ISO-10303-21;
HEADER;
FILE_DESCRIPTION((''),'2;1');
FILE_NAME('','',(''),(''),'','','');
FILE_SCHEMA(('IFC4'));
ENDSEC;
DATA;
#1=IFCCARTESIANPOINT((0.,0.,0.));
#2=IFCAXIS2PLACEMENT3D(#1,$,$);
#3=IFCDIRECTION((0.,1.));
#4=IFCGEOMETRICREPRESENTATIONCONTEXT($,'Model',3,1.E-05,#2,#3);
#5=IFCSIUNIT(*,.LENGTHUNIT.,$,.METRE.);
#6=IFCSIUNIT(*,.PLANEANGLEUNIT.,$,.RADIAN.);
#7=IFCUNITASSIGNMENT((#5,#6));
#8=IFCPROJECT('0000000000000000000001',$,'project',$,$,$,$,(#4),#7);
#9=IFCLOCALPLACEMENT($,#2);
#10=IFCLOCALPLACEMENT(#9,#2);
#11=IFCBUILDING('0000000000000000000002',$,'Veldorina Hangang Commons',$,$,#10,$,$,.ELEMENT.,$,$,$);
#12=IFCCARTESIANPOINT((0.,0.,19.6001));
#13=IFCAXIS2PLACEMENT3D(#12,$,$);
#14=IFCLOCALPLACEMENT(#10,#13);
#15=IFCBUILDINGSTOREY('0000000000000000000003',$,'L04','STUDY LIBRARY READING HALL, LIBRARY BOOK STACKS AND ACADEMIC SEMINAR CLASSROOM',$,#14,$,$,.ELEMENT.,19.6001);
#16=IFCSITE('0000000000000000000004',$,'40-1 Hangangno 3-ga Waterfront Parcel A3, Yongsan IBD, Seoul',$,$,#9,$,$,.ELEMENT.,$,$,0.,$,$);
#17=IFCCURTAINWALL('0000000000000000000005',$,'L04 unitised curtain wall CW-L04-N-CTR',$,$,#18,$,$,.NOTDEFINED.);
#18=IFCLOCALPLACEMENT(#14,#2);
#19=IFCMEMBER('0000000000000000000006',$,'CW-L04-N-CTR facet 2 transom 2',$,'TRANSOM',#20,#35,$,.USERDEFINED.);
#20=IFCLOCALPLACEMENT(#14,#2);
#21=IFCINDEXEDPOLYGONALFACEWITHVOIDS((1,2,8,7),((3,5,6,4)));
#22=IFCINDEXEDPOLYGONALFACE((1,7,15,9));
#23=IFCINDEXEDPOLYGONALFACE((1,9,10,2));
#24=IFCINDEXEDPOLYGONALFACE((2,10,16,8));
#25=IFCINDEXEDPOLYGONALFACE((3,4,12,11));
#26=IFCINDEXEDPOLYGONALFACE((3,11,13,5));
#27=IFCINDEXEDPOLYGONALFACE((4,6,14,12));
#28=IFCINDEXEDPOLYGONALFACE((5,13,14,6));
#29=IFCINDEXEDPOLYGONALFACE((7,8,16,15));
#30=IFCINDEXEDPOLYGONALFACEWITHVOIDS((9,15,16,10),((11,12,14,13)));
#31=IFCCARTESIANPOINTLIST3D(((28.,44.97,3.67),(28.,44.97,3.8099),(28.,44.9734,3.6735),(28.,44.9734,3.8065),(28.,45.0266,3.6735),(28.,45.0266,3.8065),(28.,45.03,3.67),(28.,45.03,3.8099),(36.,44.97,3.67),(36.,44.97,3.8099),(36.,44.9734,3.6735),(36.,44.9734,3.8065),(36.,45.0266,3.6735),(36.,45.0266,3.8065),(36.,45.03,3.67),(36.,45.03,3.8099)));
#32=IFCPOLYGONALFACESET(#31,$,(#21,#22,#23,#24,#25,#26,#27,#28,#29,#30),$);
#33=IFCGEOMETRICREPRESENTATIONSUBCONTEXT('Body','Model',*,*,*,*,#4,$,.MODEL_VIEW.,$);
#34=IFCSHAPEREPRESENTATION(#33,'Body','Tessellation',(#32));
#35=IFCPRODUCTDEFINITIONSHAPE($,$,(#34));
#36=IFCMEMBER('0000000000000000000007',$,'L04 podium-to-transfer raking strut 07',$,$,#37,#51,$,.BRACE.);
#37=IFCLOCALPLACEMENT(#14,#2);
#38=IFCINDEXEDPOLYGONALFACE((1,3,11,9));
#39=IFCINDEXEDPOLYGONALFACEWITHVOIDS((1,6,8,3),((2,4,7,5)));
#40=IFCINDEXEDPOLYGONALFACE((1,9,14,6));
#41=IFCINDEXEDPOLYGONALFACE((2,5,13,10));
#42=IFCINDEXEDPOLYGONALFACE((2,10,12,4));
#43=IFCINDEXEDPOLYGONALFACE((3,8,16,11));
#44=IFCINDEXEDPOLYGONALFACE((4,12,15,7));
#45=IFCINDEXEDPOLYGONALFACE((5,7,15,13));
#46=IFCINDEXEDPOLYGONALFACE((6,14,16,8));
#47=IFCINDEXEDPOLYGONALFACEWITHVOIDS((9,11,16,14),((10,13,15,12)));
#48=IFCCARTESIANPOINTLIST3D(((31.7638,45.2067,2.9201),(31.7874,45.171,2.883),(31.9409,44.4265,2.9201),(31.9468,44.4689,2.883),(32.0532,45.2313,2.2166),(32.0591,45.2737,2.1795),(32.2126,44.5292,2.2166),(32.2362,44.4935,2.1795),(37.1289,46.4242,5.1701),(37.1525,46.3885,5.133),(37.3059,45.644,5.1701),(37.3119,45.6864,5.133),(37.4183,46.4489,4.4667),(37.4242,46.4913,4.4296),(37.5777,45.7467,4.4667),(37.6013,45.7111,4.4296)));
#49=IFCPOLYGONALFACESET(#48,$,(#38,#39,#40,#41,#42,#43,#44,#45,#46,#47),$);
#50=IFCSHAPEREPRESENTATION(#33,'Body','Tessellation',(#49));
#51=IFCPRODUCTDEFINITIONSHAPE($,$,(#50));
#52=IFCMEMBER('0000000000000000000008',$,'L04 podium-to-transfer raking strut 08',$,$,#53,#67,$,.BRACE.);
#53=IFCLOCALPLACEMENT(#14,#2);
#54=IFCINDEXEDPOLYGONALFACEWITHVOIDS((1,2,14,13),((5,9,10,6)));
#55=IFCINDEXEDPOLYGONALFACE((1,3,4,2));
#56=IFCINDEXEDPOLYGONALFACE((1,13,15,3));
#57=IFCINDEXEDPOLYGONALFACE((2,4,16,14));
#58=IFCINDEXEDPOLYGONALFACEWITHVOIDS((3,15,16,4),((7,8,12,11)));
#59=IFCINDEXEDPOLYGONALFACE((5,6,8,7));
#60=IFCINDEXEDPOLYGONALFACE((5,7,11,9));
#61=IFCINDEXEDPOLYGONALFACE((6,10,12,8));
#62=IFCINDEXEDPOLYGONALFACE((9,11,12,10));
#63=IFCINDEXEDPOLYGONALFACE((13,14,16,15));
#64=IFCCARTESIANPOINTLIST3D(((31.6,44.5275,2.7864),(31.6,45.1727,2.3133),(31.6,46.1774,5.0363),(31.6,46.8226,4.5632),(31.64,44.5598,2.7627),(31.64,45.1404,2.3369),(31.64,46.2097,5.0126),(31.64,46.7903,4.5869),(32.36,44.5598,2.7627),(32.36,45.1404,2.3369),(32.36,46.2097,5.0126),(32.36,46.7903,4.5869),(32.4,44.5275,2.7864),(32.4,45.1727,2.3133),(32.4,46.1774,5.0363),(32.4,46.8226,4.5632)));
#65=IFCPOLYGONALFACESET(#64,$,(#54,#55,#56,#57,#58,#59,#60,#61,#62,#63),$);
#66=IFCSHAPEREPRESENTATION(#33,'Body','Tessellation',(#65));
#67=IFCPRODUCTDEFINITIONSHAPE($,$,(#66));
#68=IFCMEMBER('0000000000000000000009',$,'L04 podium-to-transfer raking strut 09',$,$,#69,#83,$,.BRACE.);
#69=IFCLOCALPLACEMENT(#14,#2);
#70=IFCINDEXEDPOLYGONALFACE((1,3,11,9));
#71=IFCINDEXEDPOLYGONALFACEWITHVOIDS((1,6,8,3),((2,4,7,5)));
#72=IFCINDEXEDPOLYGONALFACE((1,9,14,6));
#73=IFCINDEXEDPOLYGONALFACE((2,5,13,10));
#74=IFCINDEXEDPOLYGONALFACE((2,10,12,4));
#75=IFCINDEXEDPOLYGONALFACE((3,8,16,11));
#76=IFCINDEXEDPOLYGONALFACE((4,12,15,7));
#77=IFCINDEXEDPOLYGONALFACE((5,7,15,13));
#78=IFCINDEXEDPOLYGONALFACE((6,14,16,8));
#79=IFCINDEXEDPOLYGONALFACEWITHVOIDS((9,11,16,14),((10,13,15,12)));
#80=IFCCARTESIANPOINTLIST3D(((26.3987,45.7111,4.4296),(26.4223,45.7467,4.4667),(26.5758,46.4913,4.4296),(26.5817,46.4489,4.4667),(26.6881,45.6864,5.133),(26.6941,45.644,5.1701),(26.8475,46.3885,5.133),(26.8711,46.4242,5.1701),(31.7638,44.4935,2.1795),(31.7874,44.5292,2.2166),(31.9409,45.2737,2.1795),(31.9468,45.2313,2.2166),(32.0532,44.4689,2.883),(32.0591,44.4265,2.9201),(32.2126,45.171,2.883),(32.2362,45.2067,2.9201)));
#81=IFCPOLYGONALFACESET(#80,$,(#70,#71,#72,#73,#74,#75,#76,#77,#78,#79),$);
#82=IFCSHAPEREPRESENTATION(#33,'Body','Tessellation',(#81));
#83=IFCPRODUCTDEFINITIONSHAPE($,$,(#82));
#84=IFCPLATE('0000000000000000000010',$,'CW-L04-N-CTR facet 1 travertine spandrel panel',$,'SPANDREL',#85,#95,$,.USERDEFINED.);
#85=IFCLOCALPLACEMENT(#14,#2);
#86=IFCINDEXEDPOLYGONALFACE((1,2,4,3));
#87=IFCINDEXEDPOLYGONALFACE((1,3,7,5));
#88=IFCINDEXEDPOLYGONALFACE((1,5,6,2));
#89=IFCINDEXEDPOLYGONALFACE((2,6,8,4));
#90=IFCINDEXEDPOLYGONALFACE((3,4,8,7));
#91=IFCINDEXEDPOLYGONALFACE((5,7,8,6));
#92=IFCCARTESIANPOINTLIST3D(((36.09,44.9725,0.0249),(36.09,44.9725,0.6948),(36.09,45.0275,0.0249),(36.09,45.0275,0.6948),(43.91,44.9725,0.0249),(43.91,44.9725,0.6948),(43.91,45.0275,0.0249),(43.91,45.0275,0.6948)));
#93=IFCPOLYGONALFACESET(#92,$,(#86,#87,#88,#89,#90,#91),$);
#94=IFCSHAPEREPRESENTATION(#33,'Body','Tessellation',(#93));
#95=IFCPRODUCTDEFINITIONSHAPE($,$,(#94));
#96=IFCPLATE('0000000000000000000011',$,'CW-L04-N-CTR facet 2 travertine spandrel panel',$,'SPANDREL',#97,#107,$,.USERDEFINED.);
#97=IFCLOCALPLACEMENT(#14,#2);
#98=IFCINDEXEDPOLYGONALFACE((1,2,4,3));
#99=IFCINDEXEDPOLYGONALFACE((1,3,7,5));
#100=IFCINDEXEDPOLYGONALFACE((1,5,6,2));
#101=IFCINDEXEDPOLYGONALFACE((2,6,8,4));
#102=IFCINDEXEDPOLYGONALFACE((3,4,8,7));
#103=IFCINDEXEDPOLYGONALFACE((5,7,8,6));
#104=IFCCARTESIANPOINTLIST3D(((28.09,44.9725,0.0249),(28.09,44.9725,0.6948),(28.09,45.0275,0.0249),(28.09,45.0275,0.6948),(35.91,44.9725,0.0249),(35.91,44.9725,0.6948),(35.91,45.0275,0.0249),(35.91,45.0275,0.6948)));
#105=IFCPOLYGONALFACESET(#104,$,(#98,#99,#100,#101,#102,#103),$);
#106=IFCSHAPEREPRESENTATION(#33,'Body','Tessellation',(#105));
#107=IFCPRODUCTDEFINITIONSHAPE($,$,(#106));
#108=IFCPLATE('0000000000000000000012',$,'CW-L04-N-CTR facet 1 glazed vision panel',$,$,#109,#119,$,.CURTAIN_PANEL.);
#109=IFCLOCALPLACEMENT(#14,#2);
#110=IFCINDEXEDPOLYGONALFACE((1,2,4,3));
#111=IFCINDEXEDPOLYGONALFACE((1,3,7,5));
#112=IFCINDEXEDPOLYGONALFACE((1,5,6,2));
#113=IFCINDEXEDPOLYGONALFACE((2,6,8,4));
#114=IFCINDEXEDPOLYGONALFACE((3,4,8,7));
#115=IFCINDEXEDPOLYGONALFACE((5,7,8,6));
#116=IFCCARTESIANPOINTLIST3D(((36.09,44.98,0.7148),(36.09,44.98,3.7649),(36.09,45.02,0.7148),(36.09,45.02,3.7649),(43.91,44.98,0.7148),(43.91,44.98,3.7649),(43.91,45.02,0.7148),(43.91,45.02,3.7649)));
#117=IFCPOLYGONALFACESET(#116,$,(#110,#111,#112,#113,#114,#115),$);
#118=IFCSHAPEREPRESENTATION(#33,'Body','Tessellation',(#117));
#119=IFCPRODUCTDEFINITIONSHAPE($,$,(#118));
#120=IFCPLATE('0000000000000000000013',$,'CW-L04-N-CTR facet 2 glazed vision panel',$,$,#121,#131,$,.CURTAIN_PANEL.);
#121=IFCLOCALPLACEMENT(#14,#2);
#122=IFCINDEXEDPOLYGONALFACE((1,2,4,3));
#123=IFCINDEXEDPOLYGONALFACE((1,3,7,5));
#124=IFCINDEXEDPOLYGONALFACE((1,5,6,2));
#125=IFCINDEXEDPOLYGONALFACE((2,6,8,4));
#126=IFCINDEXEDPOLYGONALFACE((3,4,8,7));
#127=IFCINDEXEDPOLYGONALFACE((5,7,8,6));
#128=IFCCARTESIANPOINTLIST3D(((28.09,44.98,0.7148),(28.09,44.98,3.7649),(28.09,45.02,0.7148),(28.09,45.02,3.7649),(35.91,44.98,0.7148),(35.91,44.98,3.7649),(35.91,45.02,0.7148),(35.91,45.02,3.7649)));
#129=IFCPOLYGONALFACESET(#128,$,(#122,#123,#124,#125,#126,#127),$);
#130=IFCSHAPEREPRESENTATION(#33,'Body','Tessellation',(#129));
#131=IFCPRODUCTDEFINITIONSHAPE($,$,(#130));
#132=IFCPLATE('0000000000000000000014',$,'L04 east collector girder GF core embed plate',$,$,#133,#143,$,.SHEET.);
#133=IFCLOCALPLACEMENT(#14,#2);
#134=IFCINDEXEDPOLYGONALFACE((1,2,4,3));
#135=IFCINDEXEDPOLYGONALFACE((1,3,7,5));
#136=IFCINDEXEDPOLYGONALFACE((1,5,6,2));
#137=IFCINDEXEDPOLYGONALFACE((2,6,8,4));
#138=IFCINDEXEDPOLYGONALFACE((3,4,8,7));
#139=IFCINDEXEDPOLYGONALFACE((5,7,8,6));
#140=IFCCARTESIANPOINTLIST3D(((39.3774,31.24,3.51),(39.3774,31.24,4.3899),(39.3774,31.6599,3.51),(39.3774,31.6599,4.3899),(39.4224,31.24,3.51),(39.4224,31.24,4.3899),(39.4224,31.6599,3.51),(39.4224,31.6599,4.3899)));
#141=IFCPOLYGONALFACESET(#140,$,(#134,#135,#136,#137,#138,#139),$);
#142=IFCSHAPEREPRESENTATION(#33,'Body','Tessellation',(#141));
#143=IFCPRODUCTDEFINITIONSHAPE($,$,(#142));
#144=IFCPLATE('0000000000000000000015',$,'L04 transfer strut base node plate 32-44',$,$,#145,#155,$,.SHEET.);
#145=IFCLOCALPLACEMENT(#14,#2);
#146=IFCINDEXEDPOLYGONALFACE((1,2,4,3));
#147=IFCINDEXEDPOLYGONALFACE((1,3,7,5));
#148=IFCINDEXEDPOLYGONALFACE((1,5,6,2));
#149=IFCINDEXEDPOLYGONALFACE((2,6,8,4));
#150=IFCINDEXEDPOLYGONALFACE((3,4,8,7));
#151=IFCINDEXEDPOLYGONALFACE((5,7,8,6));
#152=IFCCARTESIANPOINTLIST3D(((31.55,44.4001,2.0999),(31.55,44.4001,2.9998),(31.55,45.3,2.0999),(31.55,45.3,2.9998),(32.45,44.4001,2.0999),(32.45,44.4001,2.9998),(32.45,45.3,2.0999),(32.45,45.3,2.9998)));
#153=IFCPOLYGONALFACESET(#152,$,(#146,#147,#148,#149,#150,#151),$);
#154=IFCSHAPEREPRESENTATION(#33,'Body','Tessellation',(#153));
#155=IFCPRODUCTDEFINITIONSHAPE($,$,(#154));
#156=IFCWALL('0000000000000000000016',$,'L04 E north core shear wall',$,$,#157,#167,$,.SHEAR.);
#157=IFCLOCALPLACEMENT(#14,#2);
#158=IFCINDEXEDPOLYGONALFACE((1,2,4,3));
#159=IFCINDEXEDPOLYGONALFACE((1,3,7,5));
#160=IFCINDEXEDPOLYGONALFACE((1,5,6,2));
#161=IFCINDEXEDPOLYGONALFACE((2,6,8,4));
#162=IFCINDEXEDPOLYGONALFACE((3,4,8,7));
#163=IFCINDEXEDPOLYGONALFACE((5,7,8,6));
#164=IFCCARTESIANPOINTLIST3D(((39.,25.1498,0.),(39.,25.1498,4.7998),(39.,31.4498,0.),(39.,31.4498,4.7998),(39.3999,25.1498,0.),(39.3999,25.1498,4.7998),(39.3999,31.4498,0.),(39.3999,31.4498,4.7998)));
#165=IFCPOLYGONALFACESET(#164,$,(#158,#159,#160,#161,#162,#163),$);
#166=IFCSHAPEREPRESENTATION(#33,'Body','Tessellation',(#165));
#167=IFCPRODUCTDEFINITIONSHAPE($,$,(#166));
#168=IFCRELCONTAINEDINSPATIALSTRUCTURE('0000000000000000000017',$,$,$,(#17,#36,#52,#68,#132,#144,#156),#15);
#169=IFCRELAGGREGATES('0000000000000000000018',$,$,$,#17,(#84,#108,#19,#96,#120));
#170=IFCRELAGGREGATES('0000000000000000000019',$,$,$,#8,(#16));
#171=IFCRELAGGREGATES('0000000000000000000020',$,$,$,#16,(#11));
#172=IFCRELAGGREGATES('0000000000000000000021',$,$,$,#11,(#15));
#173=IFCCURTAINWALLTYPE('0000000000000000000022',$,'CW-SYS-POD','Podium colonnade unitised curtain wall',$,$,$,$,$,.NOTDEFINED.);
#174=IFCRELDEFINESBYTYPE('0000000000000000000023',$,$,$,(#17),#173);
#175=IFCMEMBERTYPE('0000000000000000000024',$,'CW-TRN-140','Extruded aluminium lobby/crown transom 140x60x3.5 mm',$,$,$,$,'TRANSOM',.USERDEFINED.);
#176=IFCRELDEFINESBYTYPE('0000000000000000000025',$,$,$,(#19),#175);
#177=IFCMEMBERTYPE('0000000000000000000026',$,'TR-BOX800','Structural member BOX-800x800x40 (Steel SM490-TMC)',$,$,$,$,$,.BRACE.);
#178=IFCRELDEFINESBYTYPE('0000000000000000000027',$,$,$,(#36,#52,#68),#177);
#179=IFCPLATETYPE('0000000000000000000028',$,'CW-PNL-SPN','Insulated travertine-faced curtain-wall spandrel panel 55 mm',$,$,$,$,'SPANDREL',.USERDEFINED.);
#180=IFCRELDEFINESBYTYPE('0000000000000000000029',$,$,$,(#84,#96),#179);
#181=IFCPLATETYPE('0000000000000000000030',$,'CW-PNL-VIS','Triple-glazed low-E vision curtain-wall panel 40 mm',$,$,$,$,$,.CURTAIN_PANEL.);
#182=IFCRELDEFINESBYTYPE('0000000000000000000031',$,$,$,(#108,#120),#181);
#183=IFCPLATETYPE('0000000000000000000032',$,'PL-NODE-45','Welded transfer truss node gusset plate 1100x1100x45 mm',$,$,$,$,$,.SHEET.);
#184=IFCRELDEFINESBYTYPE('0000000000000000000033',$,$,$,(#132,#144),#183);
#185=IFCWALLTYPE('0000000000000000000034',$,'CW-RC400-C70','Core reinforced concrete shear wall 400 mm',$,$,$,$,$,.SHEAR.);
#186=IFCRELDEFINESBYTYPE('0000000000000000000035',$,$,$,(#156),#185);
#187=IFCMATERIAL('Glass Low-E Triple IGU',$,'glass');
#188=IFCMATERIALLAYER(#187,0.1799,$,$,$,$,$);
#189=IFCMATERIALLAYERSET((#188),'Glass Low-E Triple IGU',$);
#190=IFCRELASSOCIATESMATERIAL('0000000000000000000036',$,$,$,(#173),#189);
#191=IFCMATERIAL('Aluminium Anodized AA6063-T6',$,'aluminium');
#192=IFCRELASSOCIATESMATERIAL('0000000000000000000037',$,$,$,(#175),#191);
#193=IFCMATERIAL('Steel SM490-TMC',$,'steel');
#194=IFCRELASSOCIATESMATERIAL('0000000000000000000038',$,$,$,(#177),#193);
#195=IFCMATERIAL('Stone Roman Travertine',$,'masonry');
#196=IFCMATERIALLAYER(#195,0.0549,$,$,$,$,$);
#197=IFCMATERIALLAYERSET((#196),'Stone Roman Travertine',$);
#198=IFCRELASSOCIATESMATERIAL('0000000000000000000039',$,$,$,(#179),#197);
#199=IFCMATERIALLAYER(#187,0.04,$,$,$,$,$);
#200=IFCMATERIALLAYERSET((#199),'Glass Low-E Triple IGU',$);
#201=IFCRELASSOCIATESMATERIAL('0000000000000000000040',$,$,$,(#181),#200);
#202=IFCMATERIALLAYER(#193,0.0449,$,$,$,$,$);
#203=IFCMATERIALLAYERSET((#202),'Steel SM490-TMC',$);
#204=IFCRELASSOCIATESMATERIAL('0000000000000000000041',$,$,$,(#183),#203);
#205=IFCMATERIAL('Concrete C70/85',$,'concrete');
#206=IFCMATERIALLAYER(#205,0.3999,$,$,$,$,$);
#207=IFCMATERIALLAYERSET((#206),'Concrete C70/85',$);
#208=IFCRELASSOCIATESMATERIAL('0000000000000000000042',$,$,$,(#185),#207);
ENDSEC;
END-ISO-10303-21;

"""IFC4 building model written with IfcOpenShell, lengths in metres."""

from ifc_helpers import new_model, si_unit, direction, frame, frame_2d, origin, origin_2d, place, context, subcontext, project, spatial, rectangle, hollow_rectangle, extrude, material, layer, layer_set, material_profile, profile_set, type_object, element, aggregate, save


model = new_model("IFC4")

# Units and contexts
model_context = context("Model", 3, precision=1e-05, world=origin(), true_north=direction((0.0, 1.0)))
body_context = subcontext(model_context, "Body", "Model", "MODEL_VIEW")
ifc_project = project(units=[si_unit("LENGTHUNIT", "METRE"), si_unit("PLANEANGLEUNIT", "RADIAN")], contexts=[model_context])

# Site, building, storey
site_placement = place(None, origin())
site = spatial("IfcSite", under=ifc_project, at=site_placement, Name="40-1 Hangangno 3-ga Waterfront Parcel A3, Yongsan IBD, Seoul", CompositionType="ELEMENT", RefElevation=0.0)
building_placement = place(site_placement, origin())
building = spatial("IfcBuilding", under=site, at=building_placement, Name="Veldorina Hangang Commons", CompositionType="ELEMENT")
storey_placement = place(building_placement, frame((0.0, 0.0, 19.6001)))
storey = spatial("IfcBuildingStorey", under=building, at=storey_placement, Name="L04", Description="STUDY LIBRARY READING HALL, LIBRARY BOOK STACKS AND ACADEMIC SEMINAR CLASSROOM", CompositionType="ELEMENT", Elevation=19.6001)

# Shared definitions
ifc_material_1 = material(Name="Concrete C70/85", Category="concrete")

# Curtain wall, member
ifc_material_2 = material(Name="Glass Low-E Triple IGU", Category="glass")
ifc_layer_1 = layer(ifc_material_2, 0.1799)
ifc_layer_set_1 = layer_set([ifc_layer_1], Name="Glass Low-E Triple IGU")
curtain_wall_type = type_object("IfcCurtainWallType", Name="CW-SYS-POD", Description="Podium colonnade unitised curtain wall", PredefinedType="NOTDEFINED", material=ifc_layer_set_1)
curtain_wall_placement = place(storey_placement, origin())
curtain_wall = element("IfcCurtainWall", 1, at=curtain_wall_placement, inside=storey, type_object=curtain_wall_type, Name="L04 unitised curtain wall CW-L04-N-CTR", PredefinedType="NOTDEFINED")
ifc_material_3 = material(Name="Aluminium Anodized AA6063-T6", Category="aluminium")
ifc_material_profile_1 = material_profile(ifc_material_3, hollow_rectangle(XDim=0.0601, YDim=0.1399, WallThickness=0.0034, at=origin_2d()), Name="ALU-RHS-140x60x3.5")
ifc_profile_set_1 = profile_set([ifc_material_profile_1], Name="Aluminium Anodized AA6063-T6")
member_type_1 = type_object("IfcMemberType", Name="CW-TRN-140", Description="Extruded aluminium lobby/crown transom 140x60x3.5 mm", ElementType="TRANSOM", PredefinedType="USERDEFINED", material=ifc_profile_set_1)
member_1_placement = place(storey_placement, frame((36.0, 45.0, 3.74), z_axis=(-1.0, 0.0, 0.0), x_axis=(0.0, -1.0, 0.0)))
member_1 = element("IfcMember", 2, at=member_1_placement, type_object=member_type_1, Name="CW-L04-N-CTR facet 2 transom 2", ObjectType="TRANSOM", PredefinedType="USERDEFINED", context=body_context, shape_type="SweptSolid", body=[
    extrude(hollow_rectangle(XDim=0.0601, YDim=0.1399, WallThickness=0.0034, at=origin_2d()), origin(), (0.0, 0.0, 1.0), 8.0),
])

# Members
ifc_material_4 = material(Name="Steel SM490-TMC", Category="steel")
ifc_material_profile_2 = material_profile(ifc_material_4, hollow_rectangle(XDim=0.8, YDim=0.8, WallThickness=0.04, at=origin_2d()), Name="BOX-800x800x40")
ifc_profile_set_2 = profile_set([ifc_material_profile_2], Name="Steel SM490-TMC")
member_type_2 = type_object("IfcMemberType", Name="TR-BOX800", Description="Structural member BOX-800x800x40 (Steel SM490-TMC)", PredefinedType="BRACE", material=ifc_profile_set_2)
member_2_placement = place(storey_placement, frame((32.0, 44.8501, 2.5498), z_axis=(0.902629, 0.204842, 0.37855), x_axis=(-0.221312, 0.975203, 0.0)))
element("IfcMember", 3, at=member_2_placement, inside=storey, type_object=member_type_2, Name="L04 podium-to-transfer raking strut 07", PredefinedType="BRACE", context=body_context, shape_type="SweptSolid", body=[
    extrude(hollow_rectangle(XDim=0.8, YDim=0.8, WallThickness=0.04, at=origin_2d()), origin(), (0.0, 0.0, 1.0), 5.9438),
])
member_3_placement = place(storey_placement, frame((32.0, 44.8501, 2.5498), z_axis=(0.0, 0.591341, 0.806422), x_axis=(-1.0, 0.0, 0.0)))
element("IfcMember", 4, at=member_3_placement, inside=storey, type_object=member_type_2, Name="L04 podium-to-transfer raking strut 08", PredefinedType="BRACE", context=body_context, shape_type="SweptSolid", body=[
    extrude(hollow_rectangle(XDim=0.8, YDim=0.8, WallThickness=0.04, at=origin_2d()), origin(), (0.0, 0.0, 1.0), 2.79),
])
member_4_placement = place(storey_placement, frame((32.0, 44.8501, 2.5498), z_axis=(-0.902629, 0.204842, 0.37855), x_axis=(-0.221312, -0.975203, 0.0)))
element("IfcMember", 5, at=member_4_placement, inside=storey, type_object=member_type_2, Name="L04 podium-to-transfer raking strut 09", PredefinedType="BRACE", context=body_context, shape_type="SweptSolid", body=[
    extrude(hollow_rectangle(XDim=0.8, YDim=0.8, WallThickness=0.04, at=origin_2d()), origin(), (0.0, 0.0, 1.0), 5.9438),
])

# Plates
ifc_material_5 = material(Name="Stone Roman Travertine", Category="masonry")
ifc_layer_2 = layer(ifc_material_5, 0.0549)
ifc_layer_set_2 = layer_set([ifc_layer_2], Name="Stone Roman Travertine")
plate_type_1 = type_object("IfcPlateType", Name="CW-PNL-SPN", Description="Insulated travertine-faced curtain-wall spandrel panel 55 mm", ElementType="SPANDREL", PredefinedType="USERDEFINED", material=ifc_layer_set_2)
plate_1_placement = place(storey_placement, frame((40.0, 45.0, 0.0249), z_axis=(0.0, 0.0, 1.0), x_axis=(-1.0, 0.0, 0.0)))
plate_1 = element("IfcPlate", 6, at=plate_1_placement, type_object=plate_type_1, Name="CW-L04-N-CTR facet 1 travertine spandrel panel", ObjectType="SPANDREL", PredefinedType="USERDEFINED", context=body_context, shape_type="SweptSolid", body=[
    extrude(rectangle(XDim=7.8201, YDim=0.0549, at=origin_2d()), origin(), (0.0, 0.0, 1.0), 0.6699),
])
plate_2_placement = place(storey_placement, frame((32.0, 45.0, 0.0249), z_axis=(0.0, 0.0, 1.0), x_axis=(-1.0, 0.0, 0.0)))
plate_2 = element("IfcPlate", 7, at=plate_2_placement, type_object=plate_type_1, Name="CW-L04-N-CTR facet 2 travertine spandrel panel", ObjectType="SPANDREL", PredefinedType="USERDEFINED", context=body_context, shape_type="SweptSolid", body=[
    extrude(rectangle(XDim=7.8201, YDim=0.0549, at=origin_2d()), origin(), (0.0, 0.0, 1.0), 0.6699),
])
ifc_layer_3 = layer(ifc_material_2, 0.04)
ifc_layer_set_3 = layer_set([ifc_layer_3], Name="Glass Low-E Triple IGU")
plate_type_2 = type_object("IfcPlateType", Name="CW-PNL-VIS", Description="Triple-glazed low-E vision curtain-wall panel 40 mm", PredefinedType="CURTAIN_PANEL", material=ifc_layer_set_3)
plate_3_placement = place(storey_placement, frame((40.0, 45.0, 0.7148), z_axis=(0.0, 0.0, 1.0), x_axis=(-1.0, 0.0, 0.0)))
plate_3 = element("IfcPlate", 8, at=plate_3_placement, type_object=plate_type_2, Name="CW-L04-N-CTR facet 1 glazed vision panel", PredefinedType="CURTAIN_PANEL", context=body_context, shape_type="SweptSolid", body=[
    extrude(rectangle(XDim=7.8201, YDim=0.04, at=origin_2d()), origin(), (0.0, 0.0, 1.0), 3.05),
])
plate_4_placement = place(storey_placement, frame((32.0, 45.0, 0.7148), z_axis=(0.0, 0.0, 1.0), x_axis=(-1.0, 0.0, 0.0)))
plate_4 = element("IfcPlate", 9, at=plate_4_placement, type_object=plate_type_2, Name="CW-L04-N-CTR facet 2 glazed vision panel", PredefinedType="CURTAIN_PANEL", context=body_context, shape_type="SweptSolid", body=[
    extrude(rectangle(XDim=7.8201, YDim=0.04, at=origin_2d()), origin(), (0.0, 0.0, 1.0), 3.05),
])
aggregate(curtain_wall, [plate_1, plate_3, member_1, plate_2, plate_4])

# Plates
ifc_layer_4 = layer(ifc_material_4, 0.0449)
ifc_layer_set_4 = layer_set([ifc_layer_4], Name="Steel SM490-TMC")
plate_type_3 = type_object("IfcPlateType", Name="PL-NODE-45", Description="Welded transfer truss node gusset plate 1100x1100x45 mm", PredefinedType="SHEET", material=ifc_layer_set_4)
plate_5_placement = place(storey_placement, frame((39.3999, 31.45, 3.51), z_axis=(0.0, 0.0, 1.0), x_axis=(1.0, 0.0, 0.0)))
element("IfcPlate", 10, at=plate_5_placement, inside=storey, type_object=plate_type_3, Name="L04 east collector girder GF core embed plate", PredefinedType="SHEET", context=body_context, shape_type="SweptSolid", body=[
    extrude(rectangle(XDim=0.0449, YDim=0.4199, at=origin_2d()), origin(), (0.0, 0.0, 1.0), 0.8799),
])
plate_6_placement = place(storey_placement, frame((32.0, 44.8501, 2.0999), z_axis=(0.0, 0.0, 1.0), x_axis=(1.0, 0.0, 0.0)))
element("IfcPlate", 11, at=plate_6_placement, inside=storey, type_object=plate_type_3, Name="L04 transfer strut base node plate 32-44", PredefinedType="SHEET", context=body_context, shape_type="SweptSolid", body=[
    extrude(rectangle(XDim=0.8999, YDim=0.8999, at=origin_2d()), origin(), (0.0, 0.0, 1.0), 0.8999),
])

# Wall
ifc_layer_5 = layer(ifc_material_1, 0.3999)
ifc_layer_set_5 = layer_set([ifc_layer_5], Name="Concrete C70/85")
wall_type_1 = type_object("IfcWallType", Name="CW-RC400-C70", Description="Core reinforced concrete shear wall 400 mm", PredefinedType="SHEAR", material=ifc_layer_set_5)
wall_1_placement = place(storey_placement, frame((39.2, 25.1499, 0.0), z_axis=(0.0, 0.0, 1.0), x_axis=(0.0, 1.0, 0.0)))
element("IfcWall", 12, at=wall_1_placement, inside=storey, type_object=wall_type_1, Name="L04 E north core shear wall", PredefinedType="SHEAR", context=body_context, shape_type="SweptSolid", body=[
    extrude(rectangle(XDim=6.3, YDim=0.3999, at=frame_2d((3.1499, 0.0))), origin(), (0.0, 0.0, 1.0), 4.7998),
])

save(model, "model.ifc")
